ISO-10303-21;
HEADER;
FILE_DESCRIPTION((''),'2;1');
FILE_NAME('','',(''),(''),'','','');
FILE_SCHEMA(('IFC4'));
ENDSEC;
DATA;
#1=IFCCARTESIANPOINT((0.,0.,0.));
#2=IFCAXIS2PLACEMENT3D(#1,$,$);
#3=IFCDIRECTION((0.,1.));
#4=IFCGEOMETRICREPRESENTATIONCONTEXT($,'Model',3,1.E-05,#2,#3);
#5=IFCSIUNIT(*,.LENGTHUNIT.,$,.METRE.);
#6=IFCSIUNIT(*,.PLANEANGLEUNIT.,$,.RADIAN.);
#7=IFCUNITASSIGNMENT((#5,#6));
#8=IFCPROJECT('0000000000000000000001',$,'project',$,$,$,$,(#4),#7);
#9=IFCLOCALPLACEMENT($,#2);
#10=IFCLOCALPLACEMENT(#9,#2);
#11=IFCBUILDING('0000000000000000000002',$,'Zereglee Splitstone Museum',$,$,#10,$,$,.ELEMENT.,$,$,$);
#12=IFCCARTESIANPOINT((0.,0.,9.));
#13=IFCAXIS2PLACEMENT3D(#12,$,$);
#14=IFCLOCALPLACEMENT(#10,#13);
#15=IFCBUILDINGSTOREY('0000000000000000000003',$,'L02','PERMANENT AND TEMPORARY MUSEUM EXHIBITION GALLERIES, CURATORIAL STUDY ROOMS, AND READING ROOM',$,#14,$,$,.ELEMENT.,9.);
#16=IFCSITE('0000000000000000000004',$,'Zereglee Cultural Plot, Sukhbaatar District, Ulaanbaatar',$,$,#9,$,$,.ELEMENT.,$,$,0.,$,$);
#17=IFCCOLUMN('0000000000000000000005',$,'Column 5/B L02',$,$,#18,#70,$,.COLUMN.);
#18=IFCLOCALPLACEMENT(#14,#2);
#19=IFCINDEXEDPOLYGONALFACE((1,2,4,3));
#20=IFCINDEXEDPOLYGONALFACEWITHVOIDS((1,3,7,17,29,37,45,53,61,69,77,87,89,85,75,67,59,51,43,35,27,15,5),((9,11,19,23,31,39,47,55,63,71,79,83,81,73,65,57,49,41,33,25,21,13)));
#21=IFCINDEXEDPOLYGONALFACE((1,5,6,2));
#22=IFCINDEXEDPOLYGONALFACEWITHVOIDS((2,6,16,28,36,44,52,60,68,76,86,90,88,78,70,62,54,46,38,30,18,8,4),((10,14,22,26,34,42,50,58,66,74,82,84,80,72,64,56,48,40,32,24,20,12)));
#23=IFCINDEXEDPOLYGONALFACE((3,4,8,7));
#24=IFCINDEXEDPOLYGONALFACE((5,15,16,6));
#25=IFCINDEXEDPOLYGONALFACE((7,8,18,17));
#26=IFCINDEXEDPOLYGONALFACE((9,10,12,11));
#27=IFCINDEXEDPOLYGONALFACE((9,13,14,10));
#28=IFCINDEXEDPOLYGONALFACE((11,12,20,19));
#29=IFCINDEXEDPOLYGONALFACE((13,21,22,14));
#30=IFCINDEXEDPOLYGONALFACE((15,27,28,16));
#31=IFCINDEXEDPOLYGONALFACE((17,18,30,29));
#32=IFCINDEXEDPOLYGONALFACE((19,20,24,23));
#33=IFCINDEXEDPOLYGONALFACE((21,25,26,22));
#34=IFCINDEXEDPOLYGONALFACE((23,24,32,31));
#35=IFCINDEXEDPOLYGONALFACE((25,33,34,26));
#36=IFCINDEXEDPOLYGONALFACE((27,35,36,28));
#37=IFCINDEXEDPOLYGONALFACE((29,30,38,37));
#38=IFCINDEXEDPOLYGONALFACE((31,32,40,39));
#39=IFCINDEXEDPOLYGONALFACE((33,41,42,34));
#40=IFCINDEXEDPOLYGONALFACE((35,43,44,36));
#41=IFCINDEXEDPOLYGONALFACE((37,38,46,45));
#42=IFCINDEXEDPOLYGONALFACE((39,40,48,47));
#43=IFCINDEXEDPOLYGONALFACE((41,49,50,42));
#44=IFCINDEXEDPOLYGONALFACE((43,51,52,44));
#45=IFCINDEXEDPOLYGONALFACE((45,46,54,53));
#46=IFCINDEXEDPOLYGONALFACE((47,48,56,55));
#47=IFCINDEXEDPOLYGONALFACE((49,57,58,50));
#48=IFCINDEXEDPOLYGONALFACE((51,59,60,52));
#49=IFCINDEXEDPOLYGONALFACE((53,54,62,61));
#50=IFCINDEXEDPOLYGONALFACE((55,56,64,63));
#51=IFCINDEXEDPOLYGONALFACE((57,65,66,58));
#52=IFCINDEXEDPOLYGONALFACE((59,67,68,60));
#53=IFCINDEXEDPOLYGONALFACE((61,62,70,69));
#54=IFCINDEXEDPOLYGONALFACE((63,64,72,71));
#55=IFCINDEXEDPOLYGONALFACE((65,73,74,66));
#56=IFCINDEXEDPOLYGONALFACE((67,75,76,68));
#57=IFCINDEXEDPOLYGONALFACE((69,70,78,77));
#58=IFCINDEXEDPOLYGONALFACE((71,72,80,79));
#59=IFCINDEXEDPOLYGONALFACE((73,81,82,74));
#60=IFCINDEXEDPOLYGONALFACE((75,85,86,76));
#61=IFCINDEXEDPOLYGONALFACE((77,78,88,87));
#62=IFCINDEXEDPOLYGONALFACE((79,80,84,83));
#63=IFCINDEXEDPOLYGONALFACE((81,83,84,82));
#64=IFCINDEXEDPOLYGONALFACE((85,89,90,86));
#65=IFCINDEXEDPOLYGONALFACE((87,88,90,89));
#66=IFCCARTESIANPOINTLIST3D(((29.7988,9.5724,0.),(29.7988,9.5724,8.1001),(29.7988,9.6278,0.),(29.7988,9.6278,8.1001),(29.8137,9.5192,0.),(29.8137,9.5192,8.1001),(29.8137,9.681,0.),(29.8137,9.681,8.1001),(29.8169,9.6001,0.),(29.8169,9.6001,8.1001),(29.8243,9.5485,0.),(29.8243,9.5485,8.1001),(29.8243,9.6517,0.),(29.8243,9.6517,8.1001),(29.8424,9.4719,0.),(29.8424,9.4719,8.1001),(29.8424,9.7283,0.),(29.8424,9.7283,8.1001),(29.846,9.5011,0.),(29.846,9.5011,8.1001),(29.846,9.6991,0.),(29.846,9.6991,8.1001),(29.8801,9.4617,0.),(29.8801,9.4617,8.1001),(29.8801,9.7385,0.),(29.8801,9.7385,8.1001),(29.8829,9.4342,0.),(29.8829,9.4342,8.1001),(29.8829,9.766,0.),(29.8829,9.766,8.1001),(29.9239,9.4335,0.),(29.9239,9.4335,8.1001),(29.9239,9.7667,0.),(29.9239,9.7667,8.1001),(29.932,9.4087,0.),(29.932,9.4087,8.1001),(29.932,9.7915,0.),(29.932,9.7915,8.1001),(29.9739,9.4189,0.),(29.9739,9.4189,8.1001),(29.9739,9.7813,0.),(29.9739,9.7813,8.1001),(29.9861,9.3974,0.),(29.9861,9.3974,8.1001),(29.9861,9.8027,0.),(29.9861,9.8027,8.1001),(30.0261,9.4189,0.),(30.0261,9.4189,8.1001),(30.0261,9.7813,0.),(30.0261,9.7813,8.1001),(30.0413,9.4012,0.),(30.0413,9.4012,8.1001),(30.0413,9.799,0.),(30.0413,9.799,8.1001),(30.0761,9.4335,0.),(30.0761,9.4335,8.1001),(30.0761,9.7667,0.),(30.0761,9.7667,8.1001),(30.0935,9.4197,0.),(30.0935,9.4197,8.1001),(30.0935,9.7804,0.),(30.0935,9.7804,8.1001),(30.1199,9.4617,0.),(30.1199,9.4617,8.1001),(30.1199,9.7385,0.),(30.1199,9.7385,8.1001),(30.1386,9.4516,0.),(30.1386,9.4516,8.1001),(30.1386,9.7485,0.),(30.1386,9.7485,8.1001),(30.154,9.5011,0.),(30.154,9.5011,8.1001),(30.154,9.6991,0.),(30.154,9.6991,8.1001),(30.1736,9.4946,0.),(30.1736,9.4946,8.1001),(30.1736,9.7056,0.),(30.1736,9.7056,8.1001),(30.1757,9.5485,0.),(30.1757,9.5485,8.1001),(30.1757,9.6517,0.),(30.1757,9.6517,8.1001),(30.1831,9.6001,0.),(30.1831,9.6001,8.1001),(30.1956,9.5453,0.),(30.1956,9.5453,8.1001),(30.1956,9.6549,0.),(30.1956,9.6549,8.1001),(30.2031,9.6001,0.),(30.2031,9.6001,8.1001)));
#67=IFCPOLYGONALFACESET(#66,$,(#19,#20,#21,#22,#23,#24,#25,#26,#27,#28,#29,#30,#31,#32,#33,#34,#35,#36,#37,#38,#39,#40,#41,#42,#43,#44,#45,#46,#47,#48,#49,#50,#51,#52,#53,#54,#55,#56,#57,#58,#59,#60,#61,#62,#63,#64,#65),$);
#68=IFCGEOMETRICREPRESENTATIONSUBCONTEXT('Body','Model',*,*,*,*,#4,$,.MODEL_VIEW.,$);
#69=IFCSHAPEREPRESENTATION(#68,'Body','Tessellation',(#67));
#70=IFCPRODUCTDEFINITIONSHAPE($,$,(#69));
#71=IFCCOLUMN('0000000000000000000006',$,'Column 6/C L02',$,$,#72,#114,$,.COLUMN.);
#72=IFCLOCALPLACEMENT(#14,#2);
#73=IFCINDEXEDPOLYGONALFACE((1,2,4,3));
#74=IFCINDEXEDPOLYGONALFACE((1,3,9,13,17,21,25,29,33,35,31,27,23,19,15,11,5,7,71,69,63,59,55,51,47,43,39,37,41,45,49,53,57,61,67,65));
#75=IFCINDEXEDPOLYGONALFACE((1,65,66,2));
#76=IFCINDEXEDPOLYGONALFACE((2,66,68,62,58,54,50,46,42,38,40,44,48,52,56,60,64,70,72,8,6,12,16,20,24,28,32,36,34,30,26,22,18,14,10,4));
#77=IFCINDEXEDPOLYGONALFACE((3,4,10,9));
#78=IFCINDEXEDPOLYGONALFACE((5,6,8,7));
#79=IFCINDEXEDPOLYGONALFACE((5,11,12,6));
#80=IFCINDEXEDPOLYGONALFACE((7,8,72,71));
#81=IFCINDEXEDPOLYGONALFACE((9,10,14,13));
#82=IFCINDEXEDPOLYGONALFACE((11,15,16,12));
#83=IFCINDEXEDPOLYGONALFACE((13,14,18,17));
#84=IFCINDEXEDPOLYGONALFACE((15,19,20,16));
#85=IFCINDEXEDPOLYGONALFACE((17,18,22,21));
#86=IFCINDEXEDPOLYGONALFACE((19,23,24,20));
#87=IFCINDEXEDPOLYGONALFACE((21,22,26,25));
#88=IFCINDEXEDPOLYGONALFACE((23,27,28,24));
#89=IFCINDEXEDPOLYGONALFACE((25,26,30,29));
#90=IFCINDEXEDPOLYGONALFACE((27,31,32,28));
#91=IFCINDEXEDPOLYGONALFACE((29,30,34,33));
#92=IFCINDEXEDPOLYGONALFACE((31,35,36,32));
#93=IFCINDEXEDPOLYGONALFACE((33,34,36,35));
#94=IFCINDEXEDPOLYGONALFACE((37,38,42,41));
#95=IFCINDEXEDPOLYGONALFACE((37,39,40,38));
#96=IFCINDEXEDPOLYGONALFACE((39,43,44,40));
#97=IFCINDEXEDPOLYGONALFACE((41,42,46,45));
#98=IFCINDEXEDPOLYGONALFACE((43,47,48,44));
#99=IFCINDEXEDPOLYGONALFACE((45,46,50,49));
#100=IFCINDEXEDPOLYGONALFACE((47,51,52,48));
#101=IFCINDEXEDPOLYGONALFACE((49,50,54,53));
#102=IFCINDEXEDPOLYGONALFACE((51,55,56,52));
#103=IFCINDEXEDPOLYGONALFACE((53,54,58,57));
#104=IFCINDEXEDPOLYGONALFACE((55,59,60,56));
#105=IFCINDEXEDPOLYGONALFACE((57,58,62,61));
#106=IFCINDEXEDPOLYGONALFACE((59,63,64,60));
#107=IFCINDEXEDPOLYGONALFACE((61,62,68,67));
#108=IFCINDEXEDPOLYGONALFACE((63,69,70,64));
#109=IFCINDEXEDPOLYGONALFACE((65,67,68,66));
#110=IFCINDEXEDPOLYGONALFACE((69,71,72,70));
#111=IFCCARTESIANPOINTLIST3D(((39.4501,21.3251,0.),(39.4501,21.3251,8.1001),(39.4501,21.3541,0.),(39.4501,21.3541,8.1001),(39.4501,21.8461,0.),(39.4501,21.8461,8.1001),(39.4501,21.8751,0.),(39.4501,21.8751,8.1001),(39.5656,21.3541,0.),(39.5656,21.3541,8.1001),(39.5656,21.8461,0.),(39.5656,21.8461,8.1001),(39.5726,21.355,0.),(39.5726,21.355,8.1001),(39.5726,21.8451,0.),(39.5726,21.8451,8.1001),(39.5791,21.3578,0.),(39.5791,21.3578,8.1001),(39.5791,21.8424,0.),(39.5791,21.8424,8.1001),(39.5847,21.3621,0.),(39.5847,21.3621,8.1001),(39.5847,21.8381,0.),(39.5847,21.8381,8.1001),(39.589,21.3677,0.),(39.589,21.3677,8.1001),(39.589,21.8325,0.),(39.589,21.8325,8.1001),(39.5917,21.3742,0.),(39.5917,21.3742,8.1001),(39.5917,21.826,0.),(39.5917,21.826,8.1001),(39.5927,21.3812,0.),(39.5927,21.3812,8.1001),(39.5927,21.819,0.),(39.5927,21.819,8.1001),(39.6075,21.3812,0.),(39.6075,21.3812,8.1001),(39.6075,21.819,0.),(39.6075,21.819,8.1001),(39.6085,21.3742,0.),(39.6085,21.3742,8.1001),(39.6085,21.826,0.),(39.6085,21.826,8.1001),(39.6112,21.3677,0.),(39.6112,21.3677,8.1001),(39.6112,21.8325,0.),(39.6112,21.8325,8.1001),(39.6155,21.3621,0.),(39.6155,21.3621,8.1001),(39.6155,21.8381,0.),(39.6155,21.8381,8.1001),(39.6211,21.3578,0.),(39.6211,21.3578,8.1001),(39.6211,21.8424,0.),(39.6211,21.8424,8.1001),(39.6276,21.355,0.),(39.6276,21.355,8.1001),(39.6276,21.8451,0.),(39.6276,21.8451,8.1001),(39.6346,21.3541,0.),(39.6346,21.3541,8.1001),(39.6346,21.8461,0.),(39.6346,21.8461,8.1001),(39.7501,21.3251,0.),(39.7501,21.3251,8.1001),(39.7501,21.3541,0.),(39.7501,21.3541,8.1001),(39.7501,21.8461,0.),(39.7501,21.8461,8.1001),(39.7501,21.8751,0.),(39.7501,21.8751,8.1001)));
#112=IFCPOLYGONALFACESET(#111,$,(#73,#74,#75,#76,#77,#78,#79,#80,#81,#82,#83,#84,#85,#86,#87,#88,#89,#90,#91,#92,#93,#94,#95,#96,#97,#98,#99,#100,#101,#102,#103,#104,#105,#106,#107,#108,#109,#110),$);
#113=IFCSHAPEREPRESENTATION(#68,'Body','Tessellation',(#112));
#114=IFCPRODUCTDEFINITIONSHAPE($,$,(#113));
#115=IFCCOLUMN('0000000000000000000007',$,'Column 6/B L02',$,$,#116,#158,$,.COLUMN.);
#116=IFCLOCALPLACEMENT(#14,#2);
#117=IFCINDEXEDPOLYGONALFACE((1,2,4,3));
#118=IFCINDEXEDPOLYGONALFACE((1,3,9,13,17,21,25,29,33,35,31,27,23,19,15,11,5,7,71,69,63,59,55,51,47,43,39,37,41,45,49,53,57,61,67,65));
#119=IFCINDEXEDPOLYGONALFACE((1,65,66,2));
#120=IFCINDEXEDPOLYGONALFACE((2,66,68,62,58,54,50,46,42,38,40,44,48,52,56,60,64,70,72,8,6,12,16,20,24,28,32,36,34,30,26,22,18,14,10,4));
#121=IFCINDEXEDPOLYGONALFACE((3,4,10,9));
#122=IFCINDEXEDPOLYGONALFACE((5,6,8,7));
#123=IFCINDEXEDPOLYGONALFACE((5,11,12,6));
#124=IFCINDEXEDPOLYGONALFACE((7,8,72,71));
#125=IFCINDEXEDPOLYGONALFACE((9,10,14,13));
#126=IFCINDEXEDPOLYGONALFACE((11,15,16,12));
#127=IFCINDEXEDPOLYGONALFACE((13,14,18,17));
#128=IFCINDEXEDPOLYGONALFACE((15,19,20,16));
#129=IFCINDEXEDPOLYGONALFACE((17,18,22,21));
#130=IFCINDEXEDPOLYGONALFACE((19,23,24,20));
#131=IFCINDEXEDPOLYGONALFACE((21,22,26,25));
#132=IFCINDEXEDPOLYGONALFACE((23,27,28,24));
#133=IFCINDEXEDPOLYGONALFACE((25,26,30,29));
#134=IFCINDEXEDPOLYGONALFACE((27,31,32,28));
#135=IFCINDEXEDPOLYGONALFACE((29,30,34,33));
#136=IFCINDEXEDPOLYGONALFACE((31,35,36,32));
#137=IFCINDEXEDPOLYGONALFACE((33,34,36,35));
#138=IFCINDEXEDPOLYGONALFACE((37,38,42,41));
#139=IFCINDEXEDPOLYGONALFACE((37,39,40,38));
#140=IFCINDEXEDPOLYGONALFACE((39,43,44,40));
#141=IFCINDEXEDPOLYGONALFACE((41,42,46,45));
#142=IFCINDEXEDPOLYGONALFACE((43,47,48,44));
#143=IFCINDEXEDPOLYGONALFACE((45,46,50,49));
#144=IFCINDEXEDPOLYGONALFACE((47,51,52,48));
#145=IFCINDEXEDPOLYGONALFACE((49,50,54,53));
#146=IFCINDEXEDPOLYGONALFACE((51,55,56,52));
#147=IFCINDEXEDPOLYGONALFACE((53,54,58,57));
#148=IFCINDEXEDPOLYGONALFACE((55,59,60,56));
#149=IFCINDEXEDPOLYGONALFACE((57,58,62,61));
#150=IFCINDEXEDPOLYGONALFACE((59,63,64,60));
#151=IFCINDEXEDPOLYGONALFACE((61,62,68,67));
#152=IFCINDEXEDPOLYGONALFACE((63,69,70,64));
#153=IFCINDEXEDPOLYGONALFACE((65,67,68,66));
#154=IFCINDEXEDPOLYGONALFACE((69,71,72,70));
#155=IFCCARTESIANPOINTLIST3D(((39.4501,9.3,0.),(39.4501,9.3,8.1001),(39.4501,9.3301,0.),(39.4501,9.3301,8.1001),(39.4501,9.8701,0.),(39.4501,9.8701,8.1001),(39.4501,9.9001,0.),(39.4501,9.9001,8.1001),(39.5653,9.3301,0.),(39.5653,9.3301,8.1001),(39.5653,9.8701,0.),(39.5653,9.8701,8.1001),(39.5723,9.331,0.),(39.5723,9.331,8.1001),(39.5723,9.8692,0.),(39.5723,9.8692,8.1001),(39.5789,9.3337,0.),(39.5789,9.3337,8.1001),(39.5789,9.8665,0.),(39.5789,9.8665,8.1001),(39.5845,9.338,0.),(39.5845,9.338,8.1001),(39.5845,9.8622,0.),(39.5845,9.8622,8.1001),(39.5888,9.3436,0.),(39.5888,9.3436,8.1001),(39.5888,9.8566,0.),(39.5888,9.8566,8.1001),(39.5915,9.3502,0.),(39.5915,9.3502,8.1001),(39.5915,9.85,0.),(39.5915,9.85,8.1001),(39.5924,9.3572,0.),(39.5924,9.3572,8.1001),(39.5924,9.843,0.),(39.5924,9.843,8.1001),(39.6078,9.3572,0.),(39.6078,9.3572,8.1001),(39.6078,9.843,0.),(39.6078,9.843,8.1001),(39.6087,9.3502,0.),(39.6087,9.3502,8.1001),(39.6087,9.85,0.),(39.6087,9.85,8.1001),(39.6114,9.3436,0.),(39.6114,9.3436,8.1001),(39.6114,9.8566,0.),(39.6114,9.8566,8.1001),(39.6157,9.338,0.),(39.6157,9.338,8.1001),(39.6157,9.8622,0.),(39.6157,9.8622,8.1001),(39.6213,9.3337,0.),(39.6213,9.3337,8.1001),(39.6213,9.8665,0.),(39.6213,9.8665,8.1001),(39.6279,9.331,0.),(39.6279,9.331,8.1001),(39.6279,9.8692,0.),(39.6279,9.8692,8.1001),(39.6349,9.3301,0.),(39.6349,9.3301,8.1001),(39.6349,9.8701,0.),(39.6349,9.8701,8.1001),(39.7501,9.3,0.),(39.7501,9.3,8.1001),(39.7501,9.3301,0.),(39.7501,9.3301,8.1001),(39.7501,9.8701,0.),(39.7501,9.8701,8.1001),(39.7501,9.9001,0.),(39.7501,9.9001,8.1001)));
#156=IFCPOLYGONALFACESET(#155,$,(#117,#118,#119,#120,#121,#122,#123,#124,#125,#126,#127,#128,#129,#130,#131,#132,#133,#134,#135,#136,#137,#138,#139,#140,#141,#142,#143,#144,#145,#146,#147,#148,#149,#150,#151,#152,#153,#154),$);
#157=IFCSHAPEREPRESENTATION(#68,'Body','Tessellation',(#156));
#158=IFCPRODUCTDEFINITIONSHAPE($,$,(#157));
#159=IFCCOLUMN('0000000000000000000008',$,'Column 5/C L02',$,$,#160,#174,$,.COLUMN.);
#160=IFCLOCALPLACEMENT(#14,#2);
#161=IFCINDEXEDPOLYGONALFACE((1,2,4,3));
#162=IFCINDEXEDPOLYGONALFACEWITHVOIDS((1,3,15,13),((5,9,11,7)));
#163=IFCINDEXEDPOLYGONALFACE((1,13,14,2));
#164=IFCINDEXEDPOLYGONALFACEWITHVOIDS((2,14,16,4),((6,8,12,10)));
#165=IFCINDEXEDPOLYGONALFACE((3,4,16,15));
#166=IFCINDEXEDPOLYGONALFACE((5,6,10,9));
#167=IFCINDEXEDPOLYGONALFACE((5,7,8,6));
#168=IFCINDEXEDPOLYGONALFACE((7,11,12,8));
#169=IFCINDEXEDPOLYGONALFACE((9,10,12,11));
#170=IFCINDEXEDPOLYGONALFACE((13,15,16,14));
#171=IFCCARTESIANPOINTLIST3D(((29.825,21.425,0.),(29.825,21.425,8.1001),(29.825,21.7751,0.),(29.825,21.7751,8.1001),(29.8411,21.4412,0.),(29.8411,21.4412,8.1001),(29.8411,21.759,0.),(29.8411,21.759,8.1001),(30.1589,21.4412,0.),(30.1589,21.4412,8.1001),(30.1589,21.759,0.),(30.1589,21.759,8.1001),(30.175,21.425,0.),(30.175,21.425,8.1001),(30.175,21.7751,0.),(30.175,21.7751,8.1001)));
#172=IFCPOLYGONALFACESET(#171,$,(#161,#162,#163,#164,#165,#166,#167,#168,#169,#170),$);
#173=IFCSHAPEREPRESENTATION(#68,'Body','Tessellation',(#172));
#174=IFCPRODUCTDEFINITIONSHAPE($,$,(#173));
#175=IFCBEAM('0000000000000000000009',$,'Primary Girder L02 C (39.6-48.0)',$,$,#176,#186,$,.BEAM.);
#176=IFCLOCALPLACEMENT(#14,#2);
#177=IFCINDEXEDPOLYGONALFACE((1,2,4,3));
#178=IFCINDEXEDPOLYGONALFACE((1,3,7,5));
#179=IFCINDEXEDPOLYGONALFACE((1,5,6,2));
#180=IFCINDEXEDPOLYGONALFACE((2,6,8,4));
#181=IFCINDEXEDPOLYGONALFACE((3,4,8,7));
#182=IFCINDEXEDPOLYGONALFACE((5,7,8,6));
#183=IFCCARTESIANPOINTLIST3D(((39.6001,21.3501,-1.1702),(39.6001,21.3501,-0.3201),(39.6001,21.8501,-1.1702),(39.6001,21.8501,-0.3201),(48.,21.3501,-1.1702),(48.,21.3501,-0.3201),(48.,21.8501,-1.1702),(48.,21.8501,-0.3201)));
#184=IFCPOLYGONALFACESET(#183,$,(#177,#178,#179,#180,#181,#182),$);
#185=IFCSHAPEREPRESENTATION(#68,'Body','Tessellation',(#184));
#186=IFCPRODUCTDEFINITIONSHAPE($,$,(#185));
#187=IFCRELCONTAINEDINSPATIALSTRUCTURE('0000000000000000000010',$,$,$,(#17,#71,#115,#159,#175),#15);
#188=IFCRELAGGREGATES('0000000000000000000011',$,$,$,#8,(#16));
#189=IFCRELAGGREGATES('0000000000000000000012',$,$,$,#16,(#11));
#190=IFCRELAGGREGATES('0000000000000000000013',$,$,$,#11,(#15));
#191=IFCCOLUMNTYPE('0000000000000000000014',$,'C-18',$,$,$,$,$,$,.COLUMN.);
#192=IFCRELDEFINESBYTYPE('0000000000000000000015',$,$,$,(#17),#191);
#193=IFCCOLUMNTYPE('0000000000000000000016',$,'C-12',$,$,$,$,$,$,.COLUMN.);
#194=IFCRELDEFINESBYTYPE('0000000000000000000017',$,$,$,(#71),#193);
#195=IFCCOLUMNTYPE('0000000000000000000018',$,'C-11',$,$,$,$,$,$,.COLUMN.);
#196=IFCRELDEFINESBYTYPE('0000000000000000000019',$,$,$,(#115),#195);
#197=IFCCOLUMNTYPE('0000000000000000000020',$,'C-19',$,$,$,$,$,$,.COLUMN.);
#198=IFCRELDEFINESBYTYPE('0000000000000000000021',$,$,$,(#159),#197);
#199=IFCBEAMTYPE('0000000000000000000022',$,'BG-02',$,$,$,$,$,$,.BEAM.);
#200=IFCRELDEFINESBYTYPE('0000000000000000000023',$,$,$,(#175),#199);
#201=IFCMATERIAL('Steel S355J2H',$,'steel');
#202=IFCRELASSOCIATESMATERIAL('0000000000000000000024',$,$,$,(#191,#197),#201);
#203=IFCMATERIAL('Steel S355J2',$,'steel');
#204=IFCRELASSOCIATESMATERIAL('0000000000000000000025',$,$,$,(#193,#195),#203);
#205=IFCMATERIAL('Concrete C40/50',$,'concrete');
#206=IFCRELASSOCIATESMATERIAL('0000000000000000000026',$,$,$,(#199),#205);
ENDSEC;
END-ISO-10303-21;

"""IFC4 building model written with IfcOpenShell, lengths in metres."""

from ifc_helpers import new_model, si_unit, direction, frame, origin, origin_2d, place, context, subcontext, project, spatial, rectangle, hollow_rectangle, hollow_circle, i_section, extrude, material, material_profile, profile_set, type_object, element, save


model = new_model("IFC4")

# Units and contexts
model_context = context("Model", 3, precision=1e-05, world=origin(), true_north=direction((0.0, 1.0)))
body_context = subcontext(model_context, "Body", "Model", "MODEL_VIEW")
ifc_project = project(units=[si_unit("LENGTHUNIT", "METRE"), si_unit("PLANEANGLEUNIT", "RADIAN")], contexts=[model_context])

# Site, building, storey
site_placement = place(None, origin())
site = spatial("IfcSite", under=ifc_project, at=site_placement, Name="Zereglee Cultural Plot, Sukhbaatar District, Ulaanbaatar", CompositionType="ELEMENT", RefElevation=0.0)
building_placement = place(site_placement, origin())
building = spatial("IfcBuilding", under=site, at=building_placement, Name="Zereglee Splitstone Museum", CompositionType="ELEMENT")
storey_placement = place(building_placement, frame((0.0, 0.0, 9.0)))
storey = spatial("IfcBuildingStorey", under=building, at=storey_placement, Name="L02", Description="PERMANENT AND TEMPORARY MUSEUM EXHIBITION GALLERIES, CURATORIAL STUDY ROOMS, AND READING ROOM", CompositionType="ELEMENT", Elevation=9.0)

# Columns
ifc_material_1 = material(Name="Steel S355J2H", Category="steel")
ifc_material_profile_1 = material_profile(ifc_material_1, hollow_circle(Radius=0.2031, WallThickness=0.02, at=origin_2d()), Name="CHS 406.4x20")
ifc_profile_set_1 = profile_set([ifc_material_profile_1], Name="Steel S355J2H")
column_type_1 = type_object("IfcColumnType", Name="C-18", PredefinedType="COLUMN", material=ifc_profile_set_1)
column_1_placement = place(storey_placement, frame((30.0, 9.6001, 0.0), z_axis=(0.0, 0.0, 1.0), x_axis=(1.0, 0.0, 0.0)))
element("IfcColumn", 1, at=column_1_placement, inside=storey, type_object=column_type_1, Name="Column 5/B L02", PredefinedType="COLUMN", context=body_context, shape_type="SweptSolid", body=[
    extrude(hollow_circle(Radius=0.2031, WallThickness=0.02, at=origin_2d()), origin(), (0.0, 0.0, 1.0), 8.1001),
])
ifc_material_2 = material(Name="Steel S355J2", Category="steel")
ifc_material_profile_2 = material_profile(ifc_material_2, i_section(OverallWidth=0.3, OverallDepth=0.55, WebThickness=0.0149, FlangeThickness=0.0291, FilletRadius=0.0271, at=origin_2d()), Name="HE 550 B")
ifc_profile_set_2 = profile_set([ifc_material_profile_2], Name="Steel S355J2")
column_type_2 = type_object("IfcColumnType", Name="C-12", PredefinedType="COLUMN", material=ifc_profile_set_2)
column_2_placement = place(storey_placement, frame((39.6001, 21.6001, 0.0), z_axis=(0.0, 0.0, 1.0), x_axis=(1.0, 0.0, 0.0)))
element("IfcColumn", 2, at=column_2_placement, inside=storey, type_object=column_type_2, Name="Column 6/C L02", PredefinedType="COLUMN", context=body_context, shape_type="SweptSolid", body=[
    extrude(i_section(OverallWidth=0.3, OverallDepth=0.55, WebThickness=0.0149, FlangeThickness=0.0291, FilletRadius=0.0271, at=origin_2d()), origin(), (0.0, 0.0, 1.0), 8.1001),
])
ifc_material_profile_3 = material_profile(ifc_material_2, i_section(OverallWidth=0.3, OverallDepth=0.6001, WebThickness=0.0154, FlangeThickness=0.03, FilletRadius=0.0271, at=origin_2d()), Name="HE 600 B")
ifc_profile_set_3 = profile_set([ifc_material_profile_3], Name="Steel S355J2")
column_type_3 = type_object("IfcColumnType", Name="C-11", PredefinedType="COLUMN", material=ifc_profile_set_3)
column_3_placement = place(storey_placement, frame((39.6001, 9.6001, 0.0), z_axis=(0.0, 0.0, 1.0), x_axis=(1.0, 0.0, 0.0)))
element("IfcColumn", 3, at=column_3_placement, inside=storey, type_object=column_type_3, Name="Column 6/B L02", PredefinedType="COLUMN", context=body_context, shape_type="SweptSolid", body=[
    extrude(i_section(OverallWidth=0.3, OverallDepth=0.6001, WebThickness=0.0154, FlangeThickness=0.03, FilletRadius=0.0271, at=origin_2d()), origin(), (0.0, 0.0, 1.0), 8.1001),
])
ifc_material_profile_4 = material_profile(ifc_material_1, hollow_rectangle(XDim=0.3501, YDim=0.3501, WallThickness=0.0161, at=origin_2d()), Name="SHS 350x350x16")
ifc_profile_set_4 = profile_set([ifc_material_profile_4], Name="Steel S355J2H")
column_type_4 = type_object("IfcColumnType", Name="C-19", PredefinedType="COLUMN", material=ifc_profile_set_4)
column_4_placement = place(storey_placement, frame((30.0, 21.6001, 0.0), z_axis=(0.0, 0.0, 1.0), x_axis=(1.0, 0.0, 0.0)))
element("IfcColumn", 4, at=column_4_placement, inside=storey, type_object=column_type_4, Name="Column 5/C L02", PredefinedType="COLUMN", context=body_context, shape_type="SweptSolid", body=[
    extrude(hollow_rectangle(XDim=0.3501, YDim=0.3501, WallThickness=0.0161, at=origin_2d()), origin(), (0.0, 0.0, 1.0), 8.1001),
])

# Beam
ifc_material_3 = material(Name="Concrete C40/50", Category="concrete")
ifc_material_profile_5 = material_profile(ifc_material_3, rectangle(XDim=0.5, YDim=0.8501, at=origin_2d()), Name="RC 500x850")
ifc_profile_set_5 = profile_set([ifc_material_profile_5], Name="Concrete C40/50")
beam_type_1 = type_object("IfcBeamType", Name="BG-02", PredefinedType="BEAM", material=ifc_profile_set_5)
beam_1_placement = place(storey_placement, frame((39.6001, 21.6001, -0.7451), z_axis=(1.0, 0.0, 0.0), x_axis=(0.0, 1.0, 0.0)))
element("IfcBeam", 5, at=beam_1_placement, inside=storey, type_object=beam_type_1, Name="Primary Girder L02 C (39.6-48.0)", PredefinedType="BEAM", context=body_context, shape_type="SweptSolid", body=[
    extrude(rectangle(XDim=0.5, YDim=0.8501, at=origin_2d()), origin(), (0.0, 0.0, 1.0), 8.3999),
])

save(model, "model.ifc")
